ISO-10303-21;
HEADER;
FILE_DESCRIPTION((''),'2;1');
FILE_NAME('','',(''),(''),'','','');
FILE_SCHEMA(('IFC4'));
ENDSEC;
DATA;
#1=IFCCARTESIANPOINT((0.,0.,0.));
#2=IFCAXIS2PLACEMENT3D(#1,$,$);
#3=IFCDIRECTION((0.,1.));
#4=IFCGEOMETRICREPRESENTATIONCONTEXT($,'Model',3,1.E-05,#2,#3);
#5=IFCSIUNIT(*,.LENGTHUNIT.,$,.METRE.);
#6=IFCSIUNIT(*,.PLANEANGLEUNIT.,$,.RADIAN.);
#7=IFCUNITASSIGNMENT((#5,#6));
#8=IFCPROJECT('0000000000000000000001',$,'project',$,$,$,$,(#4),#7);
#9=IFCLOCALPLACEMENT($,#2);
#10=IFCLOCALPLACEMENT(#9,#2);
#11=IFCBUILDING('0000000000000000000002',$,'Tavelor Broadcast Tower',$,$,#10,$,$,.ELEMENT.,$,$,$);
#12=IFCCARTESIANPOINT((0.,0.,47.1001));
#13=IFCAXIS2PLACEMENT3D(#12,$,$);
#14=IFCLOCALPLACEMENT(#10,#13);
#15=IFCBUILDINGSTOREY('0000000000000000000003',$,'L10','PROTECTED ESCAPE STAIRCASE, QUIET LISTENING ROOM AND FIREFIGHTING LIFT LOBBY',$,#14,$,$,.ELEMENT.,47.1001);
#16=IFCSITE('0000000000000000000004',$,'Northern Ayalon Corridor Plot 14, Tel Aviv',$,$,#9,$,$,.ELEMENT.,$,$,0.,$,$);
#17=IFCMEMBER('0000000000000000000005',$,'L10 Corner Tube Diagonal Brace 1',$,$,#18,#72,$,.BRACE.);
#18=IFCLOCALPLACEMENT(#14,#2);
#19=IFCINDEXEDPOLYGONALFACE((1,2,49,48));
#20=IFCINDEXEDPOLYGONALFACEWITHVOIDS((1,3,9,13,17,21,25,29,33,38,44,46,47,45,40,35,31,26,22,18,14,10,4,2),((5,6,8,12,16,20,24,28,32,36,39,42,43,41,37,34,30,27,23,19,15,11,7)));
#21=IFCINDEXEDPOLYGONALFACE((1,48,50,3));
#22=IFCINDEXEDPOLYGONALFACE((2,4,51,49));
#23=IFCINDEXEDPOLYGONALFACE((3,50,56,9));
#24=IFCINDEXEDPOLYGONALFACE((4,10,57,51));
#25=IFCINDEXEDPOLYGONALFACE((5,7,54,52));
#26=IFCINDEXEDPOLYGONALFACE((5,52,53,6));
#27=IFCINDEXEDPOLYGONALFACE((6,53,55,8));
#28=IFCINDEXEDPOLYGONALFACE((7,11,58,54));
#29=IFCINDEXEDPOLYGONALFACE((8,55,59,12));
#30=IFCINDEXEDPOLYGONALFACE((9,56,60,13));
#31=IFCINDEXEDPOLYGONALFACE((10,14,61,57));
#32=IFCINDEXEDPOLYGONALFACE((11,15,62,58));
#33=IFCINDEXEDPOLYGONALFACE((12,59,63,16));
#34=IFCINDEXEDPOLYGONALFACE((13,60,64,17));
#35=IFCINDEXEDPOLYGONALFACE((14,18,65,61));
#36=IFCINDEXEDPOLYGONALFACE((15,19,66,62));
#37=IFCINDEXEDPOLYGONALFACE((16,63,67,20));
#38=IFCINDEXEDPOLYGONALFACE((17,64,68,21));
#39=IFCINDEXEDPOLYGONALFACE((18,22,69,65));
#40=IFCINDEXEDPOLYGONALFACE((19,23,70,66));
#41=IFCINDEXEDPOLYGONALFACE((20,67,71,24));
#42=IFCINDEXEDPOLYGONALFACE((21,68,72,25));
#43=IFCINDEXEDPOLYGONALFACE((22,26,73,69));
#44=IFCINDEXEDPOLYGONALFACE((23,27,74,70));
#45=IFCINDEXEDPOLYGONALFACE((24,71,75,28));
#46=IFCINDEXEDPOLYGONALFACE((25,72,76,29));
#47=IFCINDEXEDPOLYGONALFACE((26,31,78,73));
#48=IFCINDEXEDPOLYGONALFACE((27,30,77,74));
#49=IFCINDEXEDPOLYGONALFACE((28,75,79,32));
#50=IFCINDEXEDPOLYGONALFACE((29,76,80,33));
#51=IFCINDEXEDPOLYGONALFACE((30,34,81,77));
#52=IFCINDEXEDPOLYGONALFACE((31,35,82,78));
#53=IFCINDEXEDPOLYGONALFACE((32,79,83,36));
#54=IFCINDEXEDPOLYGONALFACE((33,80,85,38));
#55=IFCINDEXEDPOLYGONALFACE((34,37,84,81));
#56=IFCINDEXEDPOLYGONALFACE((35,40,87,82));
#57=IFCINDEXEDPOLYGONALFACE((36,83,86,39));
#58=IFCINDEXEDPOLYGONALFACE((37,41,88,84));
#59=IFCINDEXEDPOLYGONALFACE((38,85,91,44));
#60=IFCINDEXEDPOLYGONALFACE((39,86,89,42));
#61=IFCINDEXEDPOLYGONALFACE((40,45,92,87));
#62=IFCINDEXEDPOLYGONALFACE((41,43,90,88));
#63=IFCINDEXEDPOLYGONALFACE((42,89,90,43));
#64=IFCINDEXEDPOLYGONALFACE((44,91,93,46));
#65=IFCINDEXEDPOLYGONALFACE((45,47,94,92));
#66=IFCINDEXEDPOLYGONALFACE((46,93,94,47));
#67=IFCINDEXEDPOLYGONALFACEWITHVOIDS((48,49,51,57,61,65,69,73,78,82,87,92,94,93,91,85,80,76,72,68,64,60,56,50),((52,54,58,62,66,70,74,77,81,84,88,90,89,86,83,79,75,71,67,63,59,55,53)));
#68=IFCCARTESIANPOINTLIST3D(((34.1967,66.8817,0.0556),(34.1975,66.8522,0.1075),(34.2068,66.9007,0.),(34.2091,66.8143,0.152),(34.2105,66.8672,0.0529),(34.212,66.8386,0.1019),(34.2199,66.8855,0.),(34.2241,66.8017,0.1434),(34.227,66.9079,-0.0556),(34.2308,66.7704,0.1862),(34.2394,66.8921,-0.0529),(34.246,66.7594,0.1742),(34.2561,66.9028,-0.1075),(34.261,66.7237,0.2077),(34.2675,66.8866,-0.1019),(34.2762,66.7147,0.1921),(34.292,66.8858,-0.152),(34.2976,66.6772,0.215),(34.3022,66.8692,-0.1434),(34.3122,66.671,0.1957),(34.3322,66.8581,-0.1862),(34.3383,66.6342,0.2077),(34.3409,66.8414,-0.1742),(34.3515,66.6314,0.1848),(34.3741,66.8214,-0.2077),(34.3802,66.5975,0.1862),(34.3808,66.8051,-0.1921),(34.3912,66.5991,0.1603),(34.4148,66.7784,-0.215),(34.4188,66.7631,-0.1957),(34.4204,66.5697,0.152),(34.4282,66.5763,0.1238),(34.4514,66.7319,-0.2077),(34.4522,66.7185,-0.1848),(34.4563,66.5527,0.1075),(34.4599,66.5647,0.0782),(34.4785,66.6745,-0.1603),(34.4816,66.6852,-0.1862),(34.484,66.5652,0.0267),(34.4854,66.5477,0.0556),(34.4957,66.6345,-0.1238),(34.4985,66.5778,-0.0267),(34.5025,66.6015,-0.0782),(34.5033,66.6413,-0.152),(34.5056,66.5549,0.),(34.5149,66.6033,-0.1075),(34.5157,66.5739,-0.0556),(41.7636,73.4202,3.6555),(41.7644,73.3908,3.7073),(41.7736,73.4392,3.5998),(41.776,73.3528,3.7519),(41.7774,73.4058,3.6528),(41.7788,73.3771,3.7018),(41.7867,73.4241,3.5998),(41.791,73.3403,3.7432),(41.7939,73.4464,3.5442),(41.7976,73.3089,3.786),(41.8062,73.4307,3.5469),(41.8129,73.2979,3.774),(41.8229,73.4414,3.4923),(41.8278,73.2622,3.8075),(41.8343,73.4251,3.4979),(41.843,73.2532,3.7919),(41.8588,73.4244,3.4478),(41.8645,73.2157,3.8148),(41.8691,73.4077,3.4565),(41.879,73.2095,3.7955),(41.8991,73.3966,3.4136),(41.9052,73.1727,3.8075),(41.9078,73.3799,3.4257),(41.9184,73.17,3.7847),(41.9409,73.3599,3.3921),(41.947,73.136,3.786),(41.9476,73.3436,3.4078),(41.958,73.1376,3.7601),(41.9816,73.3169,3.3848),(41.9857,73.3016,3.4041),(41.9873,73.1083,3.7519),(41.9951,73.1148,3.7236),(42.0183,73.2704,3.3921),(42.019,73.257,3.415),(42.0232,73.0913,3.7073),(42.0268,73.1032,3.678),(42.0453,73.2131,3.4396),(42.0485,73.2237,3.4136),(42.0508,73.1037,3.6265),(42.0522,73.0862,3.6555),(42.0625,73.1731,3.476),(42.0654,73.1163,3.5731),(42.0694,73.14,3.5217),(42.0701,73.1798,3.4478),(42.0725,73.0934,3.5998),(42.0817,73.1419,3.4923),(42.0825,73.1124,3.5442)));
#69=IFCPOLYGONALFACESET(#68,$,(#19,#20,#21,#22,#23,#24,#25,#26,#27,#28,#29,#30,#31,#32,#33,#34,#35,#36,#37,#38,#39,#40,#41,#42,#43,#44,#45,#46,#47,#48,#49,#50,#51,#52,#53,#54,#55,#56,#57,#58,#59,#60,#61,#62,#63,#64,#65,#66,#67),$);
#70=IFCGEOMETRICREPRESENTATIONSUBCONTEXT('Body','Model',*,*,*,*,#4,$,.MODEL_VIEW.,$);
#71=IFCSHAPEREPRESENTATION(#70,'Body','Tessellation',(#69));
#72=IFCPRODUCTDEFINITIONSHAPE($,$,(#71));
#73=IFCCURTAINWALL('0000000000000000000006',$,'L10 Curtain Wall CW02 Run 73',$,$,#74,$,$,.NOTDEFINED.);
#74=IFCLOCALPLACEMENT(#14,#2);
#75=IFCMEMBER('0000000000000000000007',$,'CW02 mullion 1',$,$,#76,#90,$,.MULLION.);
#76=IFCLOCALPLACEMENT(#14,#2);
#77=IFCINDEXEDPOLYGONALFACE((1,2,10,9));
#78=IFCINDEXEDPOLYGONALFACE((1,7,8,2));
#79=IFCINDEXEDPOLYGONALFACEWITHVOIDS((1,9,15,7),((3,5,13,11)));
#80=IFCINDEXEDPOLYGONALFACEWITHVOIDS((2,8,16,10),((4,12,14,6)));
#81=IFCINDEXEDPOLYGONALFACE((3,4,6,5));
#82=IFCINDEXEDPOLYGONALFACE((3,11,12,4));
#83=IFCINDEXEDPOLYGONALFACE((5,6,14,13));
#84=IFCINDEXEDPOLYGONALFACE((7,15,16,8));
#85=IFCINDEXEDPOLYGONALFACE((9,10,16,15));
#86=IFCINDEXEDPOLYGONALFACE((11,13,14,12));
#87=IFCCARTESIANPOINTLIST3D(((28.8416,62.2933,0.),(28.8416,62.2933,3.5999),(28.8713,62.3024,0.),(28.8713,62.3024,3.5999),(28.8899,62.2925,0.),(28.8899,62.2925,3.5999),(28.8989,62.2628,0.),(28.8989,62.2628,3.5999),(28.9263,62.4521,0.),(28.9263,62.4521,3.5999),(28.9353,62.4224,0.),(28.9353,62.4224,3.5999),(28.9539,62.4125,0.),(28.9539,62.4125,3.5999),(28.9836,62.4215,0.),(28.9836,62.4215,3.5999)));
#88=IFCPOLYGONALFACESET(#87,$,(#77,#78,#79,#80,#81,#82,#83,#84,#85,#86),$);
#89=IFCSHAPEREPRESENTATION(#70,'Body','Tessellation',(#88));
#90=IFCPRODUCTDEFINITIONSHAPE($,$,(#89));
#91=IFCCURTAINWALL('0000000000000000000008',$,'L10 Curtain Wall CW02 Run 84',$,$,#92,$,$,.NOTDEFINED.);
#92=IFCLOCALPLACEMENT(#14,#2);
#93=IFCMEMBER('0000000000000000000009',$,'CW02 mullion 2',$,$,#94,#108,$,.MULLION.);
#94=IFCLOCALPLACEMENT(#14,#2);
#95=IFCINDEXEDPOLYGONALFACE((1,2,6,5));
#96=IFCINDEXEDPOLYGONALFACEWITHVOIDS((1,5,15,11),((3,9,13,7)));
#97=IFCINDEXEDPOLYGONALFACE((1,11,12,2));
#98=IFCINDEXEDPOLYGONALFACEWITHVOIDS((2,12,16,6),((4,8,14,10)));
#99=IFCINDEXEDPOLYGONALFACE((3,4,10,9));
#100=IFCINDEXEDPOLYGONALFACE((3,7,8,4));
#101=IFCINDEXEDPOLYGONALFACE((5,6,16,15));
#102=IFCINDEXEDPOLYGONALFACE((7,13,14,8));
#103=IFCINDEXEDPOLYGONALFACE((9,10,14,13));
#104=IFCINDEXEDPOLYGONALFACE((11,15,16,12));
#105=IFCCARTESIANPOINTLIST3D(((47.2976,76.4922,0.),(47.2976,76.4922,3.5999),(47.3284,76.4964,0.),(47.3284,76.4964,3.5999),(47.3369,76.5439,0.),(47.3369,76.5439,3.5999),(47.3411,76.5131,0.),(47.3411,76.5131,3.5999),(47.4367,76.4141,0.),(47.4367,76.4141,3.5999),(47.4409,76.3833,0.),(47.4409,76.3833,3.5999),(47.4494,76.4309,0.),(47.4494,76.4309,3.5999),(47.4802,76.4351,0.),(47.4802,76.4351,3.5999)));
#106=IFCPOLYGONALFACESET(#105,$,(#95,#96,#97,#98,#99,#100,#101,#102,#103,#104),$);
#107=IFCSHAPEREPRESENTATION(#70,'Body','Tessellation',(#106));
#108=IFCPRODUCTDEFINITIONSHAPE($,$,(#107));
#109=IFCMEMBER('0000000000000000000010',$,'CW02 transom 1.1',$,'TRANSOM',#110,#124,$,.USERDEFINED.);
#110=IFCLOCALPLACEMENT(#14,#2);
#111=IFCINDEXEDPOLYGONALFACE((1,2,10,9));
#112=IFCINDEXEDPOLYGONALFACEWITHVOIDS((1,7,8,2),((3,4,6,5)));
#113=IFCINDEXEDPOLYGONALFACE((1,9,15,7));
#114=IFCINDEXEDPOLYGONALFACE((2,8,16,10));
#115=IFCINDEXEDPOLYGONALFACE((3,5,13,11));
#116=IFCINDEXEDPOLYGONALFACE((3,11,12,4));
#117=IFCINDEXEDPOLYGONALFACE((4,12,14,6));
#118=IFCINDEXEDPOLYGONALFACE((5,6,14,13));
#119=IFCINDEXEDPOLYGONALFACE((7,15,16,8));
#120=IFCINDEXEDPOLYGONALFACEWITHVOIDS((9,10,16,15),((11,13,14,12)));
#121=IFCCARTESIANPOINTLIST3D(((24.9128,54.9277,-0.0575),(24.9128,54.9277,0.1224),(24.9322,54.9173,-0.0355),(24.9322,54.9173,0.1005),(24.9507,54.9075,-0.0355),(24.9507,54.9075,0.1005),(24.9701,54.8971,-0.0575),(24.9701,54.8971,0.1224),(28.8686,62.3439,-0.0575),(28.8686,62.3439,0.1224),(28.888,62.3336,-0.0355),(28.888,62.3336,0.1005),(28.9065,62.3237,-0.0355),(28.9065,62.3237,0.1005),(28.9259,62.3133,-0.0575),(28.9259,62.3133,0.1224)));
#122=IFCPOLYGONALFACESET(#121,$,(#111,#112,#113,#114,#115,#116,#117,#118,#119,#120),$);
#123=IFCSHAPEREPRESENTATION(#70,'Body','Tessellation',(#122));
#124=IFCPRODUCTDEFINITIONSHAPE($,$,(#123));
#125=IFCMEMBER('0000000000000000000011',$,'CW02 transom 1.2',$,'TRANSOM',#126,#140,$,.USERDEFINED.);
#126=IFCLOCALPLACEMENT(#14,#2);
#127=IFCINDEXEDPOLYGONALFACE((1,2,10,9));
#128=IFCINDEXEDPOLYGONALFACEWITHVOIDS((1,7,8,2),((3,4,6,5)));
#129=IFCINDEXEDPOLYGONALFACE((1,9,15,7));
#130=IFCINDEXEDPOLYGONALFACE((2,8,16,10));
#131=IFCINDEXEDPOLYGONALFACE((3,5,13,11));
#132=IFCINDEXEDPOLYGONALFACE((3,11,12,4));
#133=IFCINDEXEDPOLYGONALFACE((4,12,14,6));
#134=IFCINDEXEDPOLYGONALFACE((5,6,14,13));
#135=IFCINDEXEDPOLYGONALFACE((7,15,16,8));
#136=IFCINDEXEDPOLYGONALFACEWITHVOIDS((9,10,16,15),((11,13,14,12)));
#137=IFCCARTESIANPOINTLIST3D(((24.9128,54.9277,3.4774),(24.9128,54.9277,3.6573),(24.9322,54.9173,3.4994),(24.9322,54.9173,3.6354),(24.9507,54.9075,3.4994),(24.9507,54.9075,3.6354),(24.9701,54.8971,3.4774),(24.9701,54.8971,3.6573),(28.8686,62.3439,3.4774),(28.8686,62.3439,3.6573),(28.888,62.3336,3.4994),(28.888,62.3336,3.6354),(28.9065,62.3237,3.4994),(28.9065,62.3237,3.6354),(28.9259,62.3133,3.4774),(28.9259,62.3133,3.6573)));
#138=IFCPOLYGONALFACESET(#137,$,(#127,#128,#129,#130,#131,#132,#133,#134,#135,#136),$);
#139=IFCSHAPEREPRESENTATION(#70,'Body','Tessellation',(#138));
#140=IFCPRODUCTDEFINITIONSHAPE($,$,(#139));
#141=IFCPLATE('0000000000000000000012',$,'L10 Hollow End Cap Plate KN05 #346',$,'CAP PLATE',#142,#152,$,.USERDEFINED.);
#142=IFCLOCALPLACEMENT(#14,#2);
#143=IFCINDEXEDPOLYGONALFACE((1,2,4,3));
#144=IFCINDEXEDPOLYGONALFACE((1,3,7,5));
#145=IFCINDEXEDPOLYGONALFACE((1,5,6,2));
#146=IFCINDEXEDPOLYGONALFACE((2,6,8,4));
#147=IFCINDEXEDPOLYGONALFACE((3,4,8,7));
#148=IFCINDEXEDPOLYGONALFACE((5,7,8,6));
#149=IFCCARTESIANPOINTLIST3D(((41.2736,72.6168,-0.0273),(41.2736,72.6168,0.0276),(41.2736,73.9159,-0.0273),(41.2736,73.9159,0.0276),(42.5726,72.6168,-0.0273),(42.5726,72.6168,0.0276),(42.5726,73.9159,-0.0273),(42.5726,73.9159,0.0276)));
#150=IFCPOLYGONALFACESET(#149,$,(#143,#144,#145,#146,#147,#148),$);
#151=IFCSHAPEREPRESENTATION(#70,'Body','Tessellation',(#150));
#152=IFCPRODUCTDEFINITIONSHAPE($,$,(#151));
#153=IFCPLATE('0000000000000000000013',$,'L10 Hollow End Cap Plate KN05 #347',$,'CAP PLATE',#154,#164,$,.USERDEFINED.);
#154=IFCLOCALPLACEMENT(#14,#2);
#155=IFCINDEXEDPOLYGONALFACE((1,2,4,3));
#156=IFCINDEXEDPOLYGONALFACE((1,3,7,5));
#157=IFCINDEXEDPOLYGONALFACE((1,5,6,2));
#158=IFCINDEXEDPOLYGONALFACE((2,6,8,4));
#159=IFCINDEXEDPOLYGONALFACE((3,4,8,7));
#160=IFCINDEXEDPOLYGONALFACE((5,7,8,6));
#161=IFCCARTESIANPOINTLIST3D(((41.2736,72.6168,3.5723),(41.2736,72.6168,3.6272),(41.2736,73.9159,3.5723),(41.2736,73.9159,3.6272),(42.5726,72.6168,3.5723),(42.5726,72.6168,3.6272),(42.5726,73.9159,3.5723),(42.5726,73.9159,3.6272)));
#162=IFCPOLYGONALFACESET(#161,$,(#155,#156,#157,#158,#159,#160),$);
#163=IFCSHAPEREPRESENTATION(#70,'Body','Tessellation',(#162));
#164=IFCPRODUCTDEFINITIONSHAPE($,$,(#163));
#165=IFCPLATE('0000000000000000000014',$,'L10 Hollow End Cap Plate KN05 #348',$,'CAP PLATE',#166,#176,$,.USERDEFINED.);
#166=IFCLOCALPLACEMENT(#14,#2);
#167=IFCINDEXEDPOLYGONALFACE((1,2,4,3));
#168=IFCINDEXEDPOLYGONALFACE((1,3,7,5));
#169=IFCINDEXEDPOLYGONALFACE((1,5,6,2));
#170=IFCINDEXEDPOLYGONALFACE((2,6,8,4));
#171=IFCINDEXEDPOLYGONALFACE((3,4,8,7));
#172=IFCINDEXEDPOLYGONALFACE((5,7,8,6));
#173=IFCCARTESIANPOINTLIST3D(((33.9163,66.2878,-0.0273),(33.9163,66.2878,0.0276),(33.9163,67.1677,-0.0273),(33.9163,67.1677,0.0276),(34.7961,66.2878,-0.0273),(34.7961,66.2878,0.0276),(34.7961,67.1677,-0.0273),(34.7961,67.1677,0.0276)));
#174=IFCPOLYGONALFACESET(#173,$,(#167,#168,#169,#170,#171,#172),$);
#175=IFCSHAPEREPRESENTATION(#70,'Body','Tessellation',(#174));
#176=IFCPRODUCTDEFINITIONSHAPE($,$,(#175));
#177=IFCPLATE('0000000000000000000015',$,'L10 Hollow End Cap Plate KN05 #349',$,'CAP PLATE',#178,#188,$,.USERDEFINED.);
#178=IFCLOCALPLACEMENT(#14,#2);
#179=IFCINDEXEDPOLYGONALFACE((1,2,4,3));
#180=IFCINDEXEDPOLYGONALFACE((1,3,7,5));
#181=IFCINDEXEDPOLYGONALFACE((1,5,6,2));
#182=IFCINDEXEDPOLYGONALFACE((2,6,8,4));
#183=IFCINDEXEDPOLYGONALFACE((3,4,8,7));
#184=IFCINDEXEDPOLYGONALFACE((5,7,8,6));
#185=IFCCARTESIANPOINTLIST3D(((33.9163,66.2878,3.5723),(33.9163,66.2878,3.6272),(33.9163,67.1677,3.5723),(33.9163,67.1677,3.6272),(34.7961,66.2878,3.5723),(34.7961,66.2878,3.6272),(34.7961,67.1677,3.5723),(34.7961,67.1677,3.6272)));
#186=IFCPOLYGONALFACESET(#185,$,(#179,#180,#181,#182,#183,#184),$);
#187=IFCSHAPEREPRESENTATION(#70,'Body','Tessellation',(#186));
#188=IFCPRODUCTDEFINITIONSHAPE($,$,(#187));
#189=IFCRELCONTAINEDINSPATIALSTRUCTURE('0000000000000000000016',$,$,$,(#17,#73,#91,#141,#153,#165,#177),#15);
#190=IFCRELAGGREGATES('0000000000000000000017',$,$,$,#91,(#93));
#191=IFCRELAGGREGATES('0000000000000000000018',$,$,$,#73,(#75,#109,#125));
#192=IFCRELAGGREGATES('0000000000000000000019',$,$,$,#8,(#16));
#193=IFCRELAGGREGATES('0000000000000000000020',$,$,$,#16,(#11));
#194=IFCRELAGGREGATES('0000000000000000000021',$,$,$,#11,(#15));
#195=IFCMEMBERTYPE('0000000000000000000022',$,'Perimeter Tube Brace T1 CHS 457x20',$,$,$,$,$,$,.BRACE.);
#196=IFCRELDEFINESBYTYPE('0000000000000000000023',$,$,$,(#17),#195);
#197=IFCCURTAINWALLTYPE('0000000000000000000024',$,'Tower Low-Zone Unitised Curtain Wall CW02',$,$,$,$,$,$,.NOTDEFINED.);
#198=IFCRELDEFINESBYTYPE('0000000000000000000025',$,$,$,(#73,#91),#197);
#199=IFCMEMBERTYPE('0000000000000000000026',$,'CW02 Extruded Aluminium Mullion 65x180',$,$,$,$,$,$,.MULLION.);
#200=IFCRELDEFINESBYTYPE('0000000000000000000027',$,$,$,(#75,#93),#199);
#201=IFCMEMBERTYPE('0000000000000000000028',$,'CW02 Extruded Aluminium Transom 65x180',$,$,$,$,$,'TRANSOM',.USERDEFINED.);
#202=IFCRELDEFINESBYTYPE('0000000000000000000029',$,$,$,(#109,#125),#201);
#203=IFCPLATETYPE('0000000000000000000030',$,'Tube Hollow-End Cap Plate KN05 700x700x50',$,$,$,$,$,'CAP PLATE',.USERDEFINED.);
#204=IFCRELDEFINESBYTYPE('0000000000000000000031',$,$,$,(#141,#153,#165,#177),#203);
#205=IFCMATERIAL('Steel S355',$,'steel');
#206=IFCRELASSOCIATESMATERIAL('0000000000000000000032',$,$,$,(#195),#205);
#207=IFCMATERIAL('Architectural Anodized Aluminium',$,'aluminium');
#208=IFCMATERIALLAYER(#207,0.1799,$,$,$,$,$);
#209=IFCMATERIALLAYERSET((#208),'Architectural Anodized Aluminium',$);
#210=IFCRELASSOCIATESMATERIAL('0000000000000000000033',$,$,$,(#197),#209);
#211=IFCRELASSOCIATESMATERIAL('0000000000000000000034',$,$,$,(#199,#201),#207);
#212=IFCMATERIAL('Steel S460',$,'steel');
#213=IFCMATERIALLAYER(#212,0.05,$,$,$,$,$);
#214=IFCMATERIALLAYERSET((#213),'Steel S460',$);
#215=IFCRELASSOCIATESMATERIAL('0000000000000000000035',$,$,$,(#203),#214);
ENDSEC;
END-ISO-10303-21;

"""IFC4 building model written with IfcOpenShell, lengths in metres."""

from ifc_helpers import new_model, si_unit, direction, frame, origin, origin_2d, place, context, subcontext, project, spatial, rectangle, hollow_rectangle, hollow_circle, extrude, source, transform, mapped, material, layer, layer_set, material_profile, profile_set, type_object, type_shapes, element, aggregate, save


model = new_model("IFC4")

# Units and contexts
model_context = context("Model", 3, precision=1e-05, world=origin(), true_north=direction((0.0, 1.0)))
body_context = subcontext(model_context, "Body", "Model", "MODEL_VIEW")
ifc_project = project(units=[si_unit("LENGTHUNIT", "METRE"), si_unit("PLANEANGLEUNIT", "RADIAN")], contexts=[model_context])

# Site, building, storey
site_placement = place(None, origin())
site = spatial("IfcSite", under=ifc_project, at=site_placement, Name="Northern Ayalon Corridor Plot 14, Tel Aviv", CompositionType="ELEMENT", RefElevation=0.0)
building_placement = place(site_placement, origin())
building = spatial("IfcBuilding", under=site, at=building_placement, Name="Tavelor Broadcast Tower", CompositionType="ELEMENT")
storey_placement = place(building_placement, frame((0.0, 0.0, 47.1001)))
storey = spatial("IfcBuildingStorey", under=building, at=storey_placement, Name="L10", Description="PROTECTED ESCAPE STAIRCASE, QUIET LISTENING ROOM AND FIREFIGHTING LIFT LOBBY", CompositionType="ELEMENT", Elevation=47.1001)

# Shared definitions
ifc_material_1 = material(Name="Steel S460", Category="steel")

# Shared definitions
ifc_material_2 = material(Name="Steel S355", Category="steel")

# Member
ifc_material_profile_1 = material_profile(ifc_material_2, hollow_circle(Radius=0.2285, WallThickness=0.02, at=origin_2d()), Name="CHS 457x20")
ifc_profile_set_1 = profile_set([ifc_material_profile_1], Name="Steel S355")
member_type_1 = type_object("IfcMemberType", Name="Perimeter Tube Brace T1 CHS 457x20", PredefinedType="BRACE", material=ifc_profile_set_1)
member_1_placement = place(storey_placement, frame((34.3562, 66.7278, 0.0), z_axis=(0.711929, 0.61518, 0.338691), x_axis=(-0.653822, 0.756648, 0.0)))
element("IfcMember", 1, at=member_1_placement, inside=storey, type_object=member_type_1, Name="L10 Corner Tube Diagonal Brace 1", PredefinedType="BRACE", context=body_context, shape_type="SweptSolid", body=[
    extrude(hollow_circle(Radius=0.2285, WallThickness=0.02, at=origin_2d()), origin(), (0.0, 0.0, 1.0), 10.6287),
])

# Curtain walls, members
ifc_material_3 = material(Name="Architectural Anodized Aluminium", Category="aluminium")
ifc_layer_1 = layer(ifc_material_3, 0.1799)
ifc_layer_set_1 = layer_set([ifc_layer_1], Name="Architectural Anodized Aluminium")
curtain_wall_type = type_object("IfcCurtainWallType", Name="Tower Low-Zone Unitised Curtain Wall CW02", PredefinedType="NOTDEFINED", material=ifc_layer_set_1)
curtain_wall_1_placement = place(storey_placement, origin())
curtain_wall_1 = element("IfcCurtainWall", 2, at=curtain_wall_1_placement, inside=storey, type_object=curtain_wall_type, Name="L10 Curtain Wall CW02 Run 73", PredefinedType="NOTDEFINED")
ifc_material_profile_2 = material_profile(ifc_material_3, hollow_rectangle(XDim=0.0649, YDim=0.1799, WallThickness=0.022, at=origin_2d()), Name="RHS 65x180x22")
ifc_profile_set_2 = profile_set([ifc_material_profile_2], Name="Architectural Anodized Aluminium")
member_type_2 = type_object("IfcMemberType", Name="CW02 Extruded Aluminium Mullion 65x180", PredefinedType="MULLION", material=ifc_profile_set_2)
shared_shape_1 = source(origin(), body_context, "Body", "SweptSolid", [
    extrude(hollow_rectangle(XDim=0.0649, YDim=0.1799, WallThickness=0.022, at=origin_2d()), origin(), (0.0, 0.0, 1.0), 3.5999),
])
type_shapes(member_type_2, [shared_shape_1])
member_2_placement = place(storey_placement, frame((28.9126, 62.3574, 0.0), z_axis=(0.0, 0.0, 1.0), x_axis=(0.882338, -0.470617, 0.0)))
member_2 = element("IfcMember", 3, at=member_2_placement, type_object=member_type_2, Name="CW02 mullion 1", PredefinedType="MULLION", context=body_context, shape_type="MappedRepresentation", body=[
    mapped(shared_shape_1, transform((0.0, 0.0, 0.0), scale=1.0)),
])
curtain_wall_2_placement = place(storey_placement, origin())
curtain_wall_2 = element("IfcCurtainWall", 4, at=curtain_wall_2_placement, inside=storey, type_object=curtain_wall_type, Name="L10 Curtain Wall CW02 Run 84", PredefinedType="NOTDEFINED")
member_3_placement = place(storey_placement, frame((47.3889, 76.4636, 0.0), z_axis=(0.0, 0.0, 1.0), x_axis=(-0.604939, -0.796272, 0.0)))
member_3 = element("IfcMember", 5, at=member_3_placement, type_object=member_type_2, Name="CW02 mullion 2", PredefinedType="MULLION", context=body_context, shape_type="MappedRepresentation", body=[
    mapped(shared_shape_1, transform((0.0, 0.0, 0.0), scale=1.0)),
])
aggregate(curtain_wall_2, [member_3])

# Members
ifc_material_profile_3 = material_profile(ifc_material_3, hollow_rectangle(XDim=0.0649, YDim=0.1799, WallThickness=0.022, at=origin_2d()), Name="RHS 65x180x22")
ifc_profile_set_3 = profile_set([ifc_material_profile_3], Name="Architectural Anodized Aluminium")
member_type_3 = type_object("IfcMemberType", Name="CW02 Extruded Aluminium Transom 65x180", ElementType="TRANSOM", PredefinedType="USERDEFINED", material=ifc_profile_set_3)
shared_shape_2 = source(origin(), body_context, "Body", "SweptSolid", [
    extrude(hollow_rectangle(XDim=0.0649, YDim=0.1799, WallThickness=0.022, at=origin_2d()), origin(), (0.0, 0.0, 1.0), 8.4053),
])
type_shapes(member_type_3, [shared_shape_2])
member_4_placement = place(storey_placement, frame((28.8972, 62.3286, 0.0325), z_axis=(-0.470632, -0.88233, 0.0), x_axis=(0.88233, -0.470632, 0.0)))
member_4 = element("IfcMember", 6, at=member_4_placement, type_object=member_type_3, Name="CW02 transom 1.1", ObjectType="TRANSOM", PredefinedType="USERDEFINED", context=body_context, shape_type="MappedRepresentation", body=[
    mapped(shared_shape_2, transform((0.0, 0.0, 0.0), scale=1.0)),
])
member_5_placement = place(storey_placement, frame((28.8972, 62.3286, 3.5674), z_axis=(-0.470632, -0.88233, 0.0), x_axis=(0.88233, -0.470632, 0.0)))
member_5 = element("IfcMember", 7, at=member_5_placement, type_object=member_type_3, Name="CW02 transom 1.2", ObjectType="TRANSOM", PredefinedType="USERDEFINED", context=body_context, shape_type="MappedRepresentation", body=[
    mapped(shared_shape_2, transform((0.0, 0.0, 0.0), scale=1.0)),
])
aggregate(curtain_wall_1, [member_2, member_4, member_5])

# Plates
ifc_layer_2 = layer(ifc_material_1, 0.05)
ifc_layer_set_2 = layer_set([ifc_layer_2], Name="Steel S460")
plate_type = type_object("IfcPlateType", Name="Tube Hollow-End Cap Plate KN05 700x700x50", ElementType="CAP PLATE", PredefinedType="USERDEFINED", material=ifc_layer_set_2)
shared_shape_3 = source(origin(), body_context, "Body", "SweptSolid", [
    extrude(rectangle(XDim=1.2991, YDim=1.2991, at=origin_2d()), origin(), (0.0, 0.0, 1.0), 0.0549),
])
for number, where, z_axis, x_axis, name in (
    (8, (41.9231, 73.2664, -0.0273), (0.0, 0.0, 1.0), (1.0, 0.0, 0.0), "L10 Hollow End Cap Plate KN05 #346"),
    (9, (41.9231, 73.2664, 3.5723), (0.0, 0.0, 1.0), (1.0, 0.0, 0.0), "L10 Hollow End Cap Plate KN05 #347"),
):
    element("IfcPlate", number, at=place(storey_placement, frame(where, z_axis=z_axis, x_axis=x_axis)), inside=storey, type_object=plate_type, Name=name, ObjectType="CAP PLATE", PredefinedType="USERDEFINED", context=body_context, shape_type="MappedRepresentation", body=[
        mapped(shared_shape_3, transform((0.0, 0.0, 0.0), scale=1.0)),
    ])
shared_shape_4 = source(origin(), body_context, "Body", "SweptSolid", [
    extrude(rectangle(XDim=0.8799, YDim=0.8799, at=origin_2d()), origin(), (0.0, 0.0, 1.0), 0.0549),
])
type_shapes(plate_type, [shared_shape_3, shared_shape_4])
for number, where, z_axis, x_axis, name in (
    (10, (34.3562, 66.7278, -0.0273), (0.0, 0.0, 1.0), (1.0, 0.0, 0.0), "L10 Hollow End Cap Plate KN05 #348"),
    (11, (34.3562, 66.7278, 3.5723), (0.0, 0.0, 1.0), (1.0, 0.0, 0.0), "L10 Hollow End Cap Plate KN05 #349"),
):
    element("IfcPlate", number, at=place(storey_placement, frame(where, z_axis=z_axis, x_axis=x_axis)), inside=storey, type_object=plate_type, Name=name, ObjectType="CAP PLATE", PredefinedType="USERDEFINED", context=body_context, shape_type="MappedRepresentation", body=[
        mapped(shared_shape_4, transform((0.0, 0.0, 0.0), scale=1.0)),
    ])

save(model, "model.ifc")
